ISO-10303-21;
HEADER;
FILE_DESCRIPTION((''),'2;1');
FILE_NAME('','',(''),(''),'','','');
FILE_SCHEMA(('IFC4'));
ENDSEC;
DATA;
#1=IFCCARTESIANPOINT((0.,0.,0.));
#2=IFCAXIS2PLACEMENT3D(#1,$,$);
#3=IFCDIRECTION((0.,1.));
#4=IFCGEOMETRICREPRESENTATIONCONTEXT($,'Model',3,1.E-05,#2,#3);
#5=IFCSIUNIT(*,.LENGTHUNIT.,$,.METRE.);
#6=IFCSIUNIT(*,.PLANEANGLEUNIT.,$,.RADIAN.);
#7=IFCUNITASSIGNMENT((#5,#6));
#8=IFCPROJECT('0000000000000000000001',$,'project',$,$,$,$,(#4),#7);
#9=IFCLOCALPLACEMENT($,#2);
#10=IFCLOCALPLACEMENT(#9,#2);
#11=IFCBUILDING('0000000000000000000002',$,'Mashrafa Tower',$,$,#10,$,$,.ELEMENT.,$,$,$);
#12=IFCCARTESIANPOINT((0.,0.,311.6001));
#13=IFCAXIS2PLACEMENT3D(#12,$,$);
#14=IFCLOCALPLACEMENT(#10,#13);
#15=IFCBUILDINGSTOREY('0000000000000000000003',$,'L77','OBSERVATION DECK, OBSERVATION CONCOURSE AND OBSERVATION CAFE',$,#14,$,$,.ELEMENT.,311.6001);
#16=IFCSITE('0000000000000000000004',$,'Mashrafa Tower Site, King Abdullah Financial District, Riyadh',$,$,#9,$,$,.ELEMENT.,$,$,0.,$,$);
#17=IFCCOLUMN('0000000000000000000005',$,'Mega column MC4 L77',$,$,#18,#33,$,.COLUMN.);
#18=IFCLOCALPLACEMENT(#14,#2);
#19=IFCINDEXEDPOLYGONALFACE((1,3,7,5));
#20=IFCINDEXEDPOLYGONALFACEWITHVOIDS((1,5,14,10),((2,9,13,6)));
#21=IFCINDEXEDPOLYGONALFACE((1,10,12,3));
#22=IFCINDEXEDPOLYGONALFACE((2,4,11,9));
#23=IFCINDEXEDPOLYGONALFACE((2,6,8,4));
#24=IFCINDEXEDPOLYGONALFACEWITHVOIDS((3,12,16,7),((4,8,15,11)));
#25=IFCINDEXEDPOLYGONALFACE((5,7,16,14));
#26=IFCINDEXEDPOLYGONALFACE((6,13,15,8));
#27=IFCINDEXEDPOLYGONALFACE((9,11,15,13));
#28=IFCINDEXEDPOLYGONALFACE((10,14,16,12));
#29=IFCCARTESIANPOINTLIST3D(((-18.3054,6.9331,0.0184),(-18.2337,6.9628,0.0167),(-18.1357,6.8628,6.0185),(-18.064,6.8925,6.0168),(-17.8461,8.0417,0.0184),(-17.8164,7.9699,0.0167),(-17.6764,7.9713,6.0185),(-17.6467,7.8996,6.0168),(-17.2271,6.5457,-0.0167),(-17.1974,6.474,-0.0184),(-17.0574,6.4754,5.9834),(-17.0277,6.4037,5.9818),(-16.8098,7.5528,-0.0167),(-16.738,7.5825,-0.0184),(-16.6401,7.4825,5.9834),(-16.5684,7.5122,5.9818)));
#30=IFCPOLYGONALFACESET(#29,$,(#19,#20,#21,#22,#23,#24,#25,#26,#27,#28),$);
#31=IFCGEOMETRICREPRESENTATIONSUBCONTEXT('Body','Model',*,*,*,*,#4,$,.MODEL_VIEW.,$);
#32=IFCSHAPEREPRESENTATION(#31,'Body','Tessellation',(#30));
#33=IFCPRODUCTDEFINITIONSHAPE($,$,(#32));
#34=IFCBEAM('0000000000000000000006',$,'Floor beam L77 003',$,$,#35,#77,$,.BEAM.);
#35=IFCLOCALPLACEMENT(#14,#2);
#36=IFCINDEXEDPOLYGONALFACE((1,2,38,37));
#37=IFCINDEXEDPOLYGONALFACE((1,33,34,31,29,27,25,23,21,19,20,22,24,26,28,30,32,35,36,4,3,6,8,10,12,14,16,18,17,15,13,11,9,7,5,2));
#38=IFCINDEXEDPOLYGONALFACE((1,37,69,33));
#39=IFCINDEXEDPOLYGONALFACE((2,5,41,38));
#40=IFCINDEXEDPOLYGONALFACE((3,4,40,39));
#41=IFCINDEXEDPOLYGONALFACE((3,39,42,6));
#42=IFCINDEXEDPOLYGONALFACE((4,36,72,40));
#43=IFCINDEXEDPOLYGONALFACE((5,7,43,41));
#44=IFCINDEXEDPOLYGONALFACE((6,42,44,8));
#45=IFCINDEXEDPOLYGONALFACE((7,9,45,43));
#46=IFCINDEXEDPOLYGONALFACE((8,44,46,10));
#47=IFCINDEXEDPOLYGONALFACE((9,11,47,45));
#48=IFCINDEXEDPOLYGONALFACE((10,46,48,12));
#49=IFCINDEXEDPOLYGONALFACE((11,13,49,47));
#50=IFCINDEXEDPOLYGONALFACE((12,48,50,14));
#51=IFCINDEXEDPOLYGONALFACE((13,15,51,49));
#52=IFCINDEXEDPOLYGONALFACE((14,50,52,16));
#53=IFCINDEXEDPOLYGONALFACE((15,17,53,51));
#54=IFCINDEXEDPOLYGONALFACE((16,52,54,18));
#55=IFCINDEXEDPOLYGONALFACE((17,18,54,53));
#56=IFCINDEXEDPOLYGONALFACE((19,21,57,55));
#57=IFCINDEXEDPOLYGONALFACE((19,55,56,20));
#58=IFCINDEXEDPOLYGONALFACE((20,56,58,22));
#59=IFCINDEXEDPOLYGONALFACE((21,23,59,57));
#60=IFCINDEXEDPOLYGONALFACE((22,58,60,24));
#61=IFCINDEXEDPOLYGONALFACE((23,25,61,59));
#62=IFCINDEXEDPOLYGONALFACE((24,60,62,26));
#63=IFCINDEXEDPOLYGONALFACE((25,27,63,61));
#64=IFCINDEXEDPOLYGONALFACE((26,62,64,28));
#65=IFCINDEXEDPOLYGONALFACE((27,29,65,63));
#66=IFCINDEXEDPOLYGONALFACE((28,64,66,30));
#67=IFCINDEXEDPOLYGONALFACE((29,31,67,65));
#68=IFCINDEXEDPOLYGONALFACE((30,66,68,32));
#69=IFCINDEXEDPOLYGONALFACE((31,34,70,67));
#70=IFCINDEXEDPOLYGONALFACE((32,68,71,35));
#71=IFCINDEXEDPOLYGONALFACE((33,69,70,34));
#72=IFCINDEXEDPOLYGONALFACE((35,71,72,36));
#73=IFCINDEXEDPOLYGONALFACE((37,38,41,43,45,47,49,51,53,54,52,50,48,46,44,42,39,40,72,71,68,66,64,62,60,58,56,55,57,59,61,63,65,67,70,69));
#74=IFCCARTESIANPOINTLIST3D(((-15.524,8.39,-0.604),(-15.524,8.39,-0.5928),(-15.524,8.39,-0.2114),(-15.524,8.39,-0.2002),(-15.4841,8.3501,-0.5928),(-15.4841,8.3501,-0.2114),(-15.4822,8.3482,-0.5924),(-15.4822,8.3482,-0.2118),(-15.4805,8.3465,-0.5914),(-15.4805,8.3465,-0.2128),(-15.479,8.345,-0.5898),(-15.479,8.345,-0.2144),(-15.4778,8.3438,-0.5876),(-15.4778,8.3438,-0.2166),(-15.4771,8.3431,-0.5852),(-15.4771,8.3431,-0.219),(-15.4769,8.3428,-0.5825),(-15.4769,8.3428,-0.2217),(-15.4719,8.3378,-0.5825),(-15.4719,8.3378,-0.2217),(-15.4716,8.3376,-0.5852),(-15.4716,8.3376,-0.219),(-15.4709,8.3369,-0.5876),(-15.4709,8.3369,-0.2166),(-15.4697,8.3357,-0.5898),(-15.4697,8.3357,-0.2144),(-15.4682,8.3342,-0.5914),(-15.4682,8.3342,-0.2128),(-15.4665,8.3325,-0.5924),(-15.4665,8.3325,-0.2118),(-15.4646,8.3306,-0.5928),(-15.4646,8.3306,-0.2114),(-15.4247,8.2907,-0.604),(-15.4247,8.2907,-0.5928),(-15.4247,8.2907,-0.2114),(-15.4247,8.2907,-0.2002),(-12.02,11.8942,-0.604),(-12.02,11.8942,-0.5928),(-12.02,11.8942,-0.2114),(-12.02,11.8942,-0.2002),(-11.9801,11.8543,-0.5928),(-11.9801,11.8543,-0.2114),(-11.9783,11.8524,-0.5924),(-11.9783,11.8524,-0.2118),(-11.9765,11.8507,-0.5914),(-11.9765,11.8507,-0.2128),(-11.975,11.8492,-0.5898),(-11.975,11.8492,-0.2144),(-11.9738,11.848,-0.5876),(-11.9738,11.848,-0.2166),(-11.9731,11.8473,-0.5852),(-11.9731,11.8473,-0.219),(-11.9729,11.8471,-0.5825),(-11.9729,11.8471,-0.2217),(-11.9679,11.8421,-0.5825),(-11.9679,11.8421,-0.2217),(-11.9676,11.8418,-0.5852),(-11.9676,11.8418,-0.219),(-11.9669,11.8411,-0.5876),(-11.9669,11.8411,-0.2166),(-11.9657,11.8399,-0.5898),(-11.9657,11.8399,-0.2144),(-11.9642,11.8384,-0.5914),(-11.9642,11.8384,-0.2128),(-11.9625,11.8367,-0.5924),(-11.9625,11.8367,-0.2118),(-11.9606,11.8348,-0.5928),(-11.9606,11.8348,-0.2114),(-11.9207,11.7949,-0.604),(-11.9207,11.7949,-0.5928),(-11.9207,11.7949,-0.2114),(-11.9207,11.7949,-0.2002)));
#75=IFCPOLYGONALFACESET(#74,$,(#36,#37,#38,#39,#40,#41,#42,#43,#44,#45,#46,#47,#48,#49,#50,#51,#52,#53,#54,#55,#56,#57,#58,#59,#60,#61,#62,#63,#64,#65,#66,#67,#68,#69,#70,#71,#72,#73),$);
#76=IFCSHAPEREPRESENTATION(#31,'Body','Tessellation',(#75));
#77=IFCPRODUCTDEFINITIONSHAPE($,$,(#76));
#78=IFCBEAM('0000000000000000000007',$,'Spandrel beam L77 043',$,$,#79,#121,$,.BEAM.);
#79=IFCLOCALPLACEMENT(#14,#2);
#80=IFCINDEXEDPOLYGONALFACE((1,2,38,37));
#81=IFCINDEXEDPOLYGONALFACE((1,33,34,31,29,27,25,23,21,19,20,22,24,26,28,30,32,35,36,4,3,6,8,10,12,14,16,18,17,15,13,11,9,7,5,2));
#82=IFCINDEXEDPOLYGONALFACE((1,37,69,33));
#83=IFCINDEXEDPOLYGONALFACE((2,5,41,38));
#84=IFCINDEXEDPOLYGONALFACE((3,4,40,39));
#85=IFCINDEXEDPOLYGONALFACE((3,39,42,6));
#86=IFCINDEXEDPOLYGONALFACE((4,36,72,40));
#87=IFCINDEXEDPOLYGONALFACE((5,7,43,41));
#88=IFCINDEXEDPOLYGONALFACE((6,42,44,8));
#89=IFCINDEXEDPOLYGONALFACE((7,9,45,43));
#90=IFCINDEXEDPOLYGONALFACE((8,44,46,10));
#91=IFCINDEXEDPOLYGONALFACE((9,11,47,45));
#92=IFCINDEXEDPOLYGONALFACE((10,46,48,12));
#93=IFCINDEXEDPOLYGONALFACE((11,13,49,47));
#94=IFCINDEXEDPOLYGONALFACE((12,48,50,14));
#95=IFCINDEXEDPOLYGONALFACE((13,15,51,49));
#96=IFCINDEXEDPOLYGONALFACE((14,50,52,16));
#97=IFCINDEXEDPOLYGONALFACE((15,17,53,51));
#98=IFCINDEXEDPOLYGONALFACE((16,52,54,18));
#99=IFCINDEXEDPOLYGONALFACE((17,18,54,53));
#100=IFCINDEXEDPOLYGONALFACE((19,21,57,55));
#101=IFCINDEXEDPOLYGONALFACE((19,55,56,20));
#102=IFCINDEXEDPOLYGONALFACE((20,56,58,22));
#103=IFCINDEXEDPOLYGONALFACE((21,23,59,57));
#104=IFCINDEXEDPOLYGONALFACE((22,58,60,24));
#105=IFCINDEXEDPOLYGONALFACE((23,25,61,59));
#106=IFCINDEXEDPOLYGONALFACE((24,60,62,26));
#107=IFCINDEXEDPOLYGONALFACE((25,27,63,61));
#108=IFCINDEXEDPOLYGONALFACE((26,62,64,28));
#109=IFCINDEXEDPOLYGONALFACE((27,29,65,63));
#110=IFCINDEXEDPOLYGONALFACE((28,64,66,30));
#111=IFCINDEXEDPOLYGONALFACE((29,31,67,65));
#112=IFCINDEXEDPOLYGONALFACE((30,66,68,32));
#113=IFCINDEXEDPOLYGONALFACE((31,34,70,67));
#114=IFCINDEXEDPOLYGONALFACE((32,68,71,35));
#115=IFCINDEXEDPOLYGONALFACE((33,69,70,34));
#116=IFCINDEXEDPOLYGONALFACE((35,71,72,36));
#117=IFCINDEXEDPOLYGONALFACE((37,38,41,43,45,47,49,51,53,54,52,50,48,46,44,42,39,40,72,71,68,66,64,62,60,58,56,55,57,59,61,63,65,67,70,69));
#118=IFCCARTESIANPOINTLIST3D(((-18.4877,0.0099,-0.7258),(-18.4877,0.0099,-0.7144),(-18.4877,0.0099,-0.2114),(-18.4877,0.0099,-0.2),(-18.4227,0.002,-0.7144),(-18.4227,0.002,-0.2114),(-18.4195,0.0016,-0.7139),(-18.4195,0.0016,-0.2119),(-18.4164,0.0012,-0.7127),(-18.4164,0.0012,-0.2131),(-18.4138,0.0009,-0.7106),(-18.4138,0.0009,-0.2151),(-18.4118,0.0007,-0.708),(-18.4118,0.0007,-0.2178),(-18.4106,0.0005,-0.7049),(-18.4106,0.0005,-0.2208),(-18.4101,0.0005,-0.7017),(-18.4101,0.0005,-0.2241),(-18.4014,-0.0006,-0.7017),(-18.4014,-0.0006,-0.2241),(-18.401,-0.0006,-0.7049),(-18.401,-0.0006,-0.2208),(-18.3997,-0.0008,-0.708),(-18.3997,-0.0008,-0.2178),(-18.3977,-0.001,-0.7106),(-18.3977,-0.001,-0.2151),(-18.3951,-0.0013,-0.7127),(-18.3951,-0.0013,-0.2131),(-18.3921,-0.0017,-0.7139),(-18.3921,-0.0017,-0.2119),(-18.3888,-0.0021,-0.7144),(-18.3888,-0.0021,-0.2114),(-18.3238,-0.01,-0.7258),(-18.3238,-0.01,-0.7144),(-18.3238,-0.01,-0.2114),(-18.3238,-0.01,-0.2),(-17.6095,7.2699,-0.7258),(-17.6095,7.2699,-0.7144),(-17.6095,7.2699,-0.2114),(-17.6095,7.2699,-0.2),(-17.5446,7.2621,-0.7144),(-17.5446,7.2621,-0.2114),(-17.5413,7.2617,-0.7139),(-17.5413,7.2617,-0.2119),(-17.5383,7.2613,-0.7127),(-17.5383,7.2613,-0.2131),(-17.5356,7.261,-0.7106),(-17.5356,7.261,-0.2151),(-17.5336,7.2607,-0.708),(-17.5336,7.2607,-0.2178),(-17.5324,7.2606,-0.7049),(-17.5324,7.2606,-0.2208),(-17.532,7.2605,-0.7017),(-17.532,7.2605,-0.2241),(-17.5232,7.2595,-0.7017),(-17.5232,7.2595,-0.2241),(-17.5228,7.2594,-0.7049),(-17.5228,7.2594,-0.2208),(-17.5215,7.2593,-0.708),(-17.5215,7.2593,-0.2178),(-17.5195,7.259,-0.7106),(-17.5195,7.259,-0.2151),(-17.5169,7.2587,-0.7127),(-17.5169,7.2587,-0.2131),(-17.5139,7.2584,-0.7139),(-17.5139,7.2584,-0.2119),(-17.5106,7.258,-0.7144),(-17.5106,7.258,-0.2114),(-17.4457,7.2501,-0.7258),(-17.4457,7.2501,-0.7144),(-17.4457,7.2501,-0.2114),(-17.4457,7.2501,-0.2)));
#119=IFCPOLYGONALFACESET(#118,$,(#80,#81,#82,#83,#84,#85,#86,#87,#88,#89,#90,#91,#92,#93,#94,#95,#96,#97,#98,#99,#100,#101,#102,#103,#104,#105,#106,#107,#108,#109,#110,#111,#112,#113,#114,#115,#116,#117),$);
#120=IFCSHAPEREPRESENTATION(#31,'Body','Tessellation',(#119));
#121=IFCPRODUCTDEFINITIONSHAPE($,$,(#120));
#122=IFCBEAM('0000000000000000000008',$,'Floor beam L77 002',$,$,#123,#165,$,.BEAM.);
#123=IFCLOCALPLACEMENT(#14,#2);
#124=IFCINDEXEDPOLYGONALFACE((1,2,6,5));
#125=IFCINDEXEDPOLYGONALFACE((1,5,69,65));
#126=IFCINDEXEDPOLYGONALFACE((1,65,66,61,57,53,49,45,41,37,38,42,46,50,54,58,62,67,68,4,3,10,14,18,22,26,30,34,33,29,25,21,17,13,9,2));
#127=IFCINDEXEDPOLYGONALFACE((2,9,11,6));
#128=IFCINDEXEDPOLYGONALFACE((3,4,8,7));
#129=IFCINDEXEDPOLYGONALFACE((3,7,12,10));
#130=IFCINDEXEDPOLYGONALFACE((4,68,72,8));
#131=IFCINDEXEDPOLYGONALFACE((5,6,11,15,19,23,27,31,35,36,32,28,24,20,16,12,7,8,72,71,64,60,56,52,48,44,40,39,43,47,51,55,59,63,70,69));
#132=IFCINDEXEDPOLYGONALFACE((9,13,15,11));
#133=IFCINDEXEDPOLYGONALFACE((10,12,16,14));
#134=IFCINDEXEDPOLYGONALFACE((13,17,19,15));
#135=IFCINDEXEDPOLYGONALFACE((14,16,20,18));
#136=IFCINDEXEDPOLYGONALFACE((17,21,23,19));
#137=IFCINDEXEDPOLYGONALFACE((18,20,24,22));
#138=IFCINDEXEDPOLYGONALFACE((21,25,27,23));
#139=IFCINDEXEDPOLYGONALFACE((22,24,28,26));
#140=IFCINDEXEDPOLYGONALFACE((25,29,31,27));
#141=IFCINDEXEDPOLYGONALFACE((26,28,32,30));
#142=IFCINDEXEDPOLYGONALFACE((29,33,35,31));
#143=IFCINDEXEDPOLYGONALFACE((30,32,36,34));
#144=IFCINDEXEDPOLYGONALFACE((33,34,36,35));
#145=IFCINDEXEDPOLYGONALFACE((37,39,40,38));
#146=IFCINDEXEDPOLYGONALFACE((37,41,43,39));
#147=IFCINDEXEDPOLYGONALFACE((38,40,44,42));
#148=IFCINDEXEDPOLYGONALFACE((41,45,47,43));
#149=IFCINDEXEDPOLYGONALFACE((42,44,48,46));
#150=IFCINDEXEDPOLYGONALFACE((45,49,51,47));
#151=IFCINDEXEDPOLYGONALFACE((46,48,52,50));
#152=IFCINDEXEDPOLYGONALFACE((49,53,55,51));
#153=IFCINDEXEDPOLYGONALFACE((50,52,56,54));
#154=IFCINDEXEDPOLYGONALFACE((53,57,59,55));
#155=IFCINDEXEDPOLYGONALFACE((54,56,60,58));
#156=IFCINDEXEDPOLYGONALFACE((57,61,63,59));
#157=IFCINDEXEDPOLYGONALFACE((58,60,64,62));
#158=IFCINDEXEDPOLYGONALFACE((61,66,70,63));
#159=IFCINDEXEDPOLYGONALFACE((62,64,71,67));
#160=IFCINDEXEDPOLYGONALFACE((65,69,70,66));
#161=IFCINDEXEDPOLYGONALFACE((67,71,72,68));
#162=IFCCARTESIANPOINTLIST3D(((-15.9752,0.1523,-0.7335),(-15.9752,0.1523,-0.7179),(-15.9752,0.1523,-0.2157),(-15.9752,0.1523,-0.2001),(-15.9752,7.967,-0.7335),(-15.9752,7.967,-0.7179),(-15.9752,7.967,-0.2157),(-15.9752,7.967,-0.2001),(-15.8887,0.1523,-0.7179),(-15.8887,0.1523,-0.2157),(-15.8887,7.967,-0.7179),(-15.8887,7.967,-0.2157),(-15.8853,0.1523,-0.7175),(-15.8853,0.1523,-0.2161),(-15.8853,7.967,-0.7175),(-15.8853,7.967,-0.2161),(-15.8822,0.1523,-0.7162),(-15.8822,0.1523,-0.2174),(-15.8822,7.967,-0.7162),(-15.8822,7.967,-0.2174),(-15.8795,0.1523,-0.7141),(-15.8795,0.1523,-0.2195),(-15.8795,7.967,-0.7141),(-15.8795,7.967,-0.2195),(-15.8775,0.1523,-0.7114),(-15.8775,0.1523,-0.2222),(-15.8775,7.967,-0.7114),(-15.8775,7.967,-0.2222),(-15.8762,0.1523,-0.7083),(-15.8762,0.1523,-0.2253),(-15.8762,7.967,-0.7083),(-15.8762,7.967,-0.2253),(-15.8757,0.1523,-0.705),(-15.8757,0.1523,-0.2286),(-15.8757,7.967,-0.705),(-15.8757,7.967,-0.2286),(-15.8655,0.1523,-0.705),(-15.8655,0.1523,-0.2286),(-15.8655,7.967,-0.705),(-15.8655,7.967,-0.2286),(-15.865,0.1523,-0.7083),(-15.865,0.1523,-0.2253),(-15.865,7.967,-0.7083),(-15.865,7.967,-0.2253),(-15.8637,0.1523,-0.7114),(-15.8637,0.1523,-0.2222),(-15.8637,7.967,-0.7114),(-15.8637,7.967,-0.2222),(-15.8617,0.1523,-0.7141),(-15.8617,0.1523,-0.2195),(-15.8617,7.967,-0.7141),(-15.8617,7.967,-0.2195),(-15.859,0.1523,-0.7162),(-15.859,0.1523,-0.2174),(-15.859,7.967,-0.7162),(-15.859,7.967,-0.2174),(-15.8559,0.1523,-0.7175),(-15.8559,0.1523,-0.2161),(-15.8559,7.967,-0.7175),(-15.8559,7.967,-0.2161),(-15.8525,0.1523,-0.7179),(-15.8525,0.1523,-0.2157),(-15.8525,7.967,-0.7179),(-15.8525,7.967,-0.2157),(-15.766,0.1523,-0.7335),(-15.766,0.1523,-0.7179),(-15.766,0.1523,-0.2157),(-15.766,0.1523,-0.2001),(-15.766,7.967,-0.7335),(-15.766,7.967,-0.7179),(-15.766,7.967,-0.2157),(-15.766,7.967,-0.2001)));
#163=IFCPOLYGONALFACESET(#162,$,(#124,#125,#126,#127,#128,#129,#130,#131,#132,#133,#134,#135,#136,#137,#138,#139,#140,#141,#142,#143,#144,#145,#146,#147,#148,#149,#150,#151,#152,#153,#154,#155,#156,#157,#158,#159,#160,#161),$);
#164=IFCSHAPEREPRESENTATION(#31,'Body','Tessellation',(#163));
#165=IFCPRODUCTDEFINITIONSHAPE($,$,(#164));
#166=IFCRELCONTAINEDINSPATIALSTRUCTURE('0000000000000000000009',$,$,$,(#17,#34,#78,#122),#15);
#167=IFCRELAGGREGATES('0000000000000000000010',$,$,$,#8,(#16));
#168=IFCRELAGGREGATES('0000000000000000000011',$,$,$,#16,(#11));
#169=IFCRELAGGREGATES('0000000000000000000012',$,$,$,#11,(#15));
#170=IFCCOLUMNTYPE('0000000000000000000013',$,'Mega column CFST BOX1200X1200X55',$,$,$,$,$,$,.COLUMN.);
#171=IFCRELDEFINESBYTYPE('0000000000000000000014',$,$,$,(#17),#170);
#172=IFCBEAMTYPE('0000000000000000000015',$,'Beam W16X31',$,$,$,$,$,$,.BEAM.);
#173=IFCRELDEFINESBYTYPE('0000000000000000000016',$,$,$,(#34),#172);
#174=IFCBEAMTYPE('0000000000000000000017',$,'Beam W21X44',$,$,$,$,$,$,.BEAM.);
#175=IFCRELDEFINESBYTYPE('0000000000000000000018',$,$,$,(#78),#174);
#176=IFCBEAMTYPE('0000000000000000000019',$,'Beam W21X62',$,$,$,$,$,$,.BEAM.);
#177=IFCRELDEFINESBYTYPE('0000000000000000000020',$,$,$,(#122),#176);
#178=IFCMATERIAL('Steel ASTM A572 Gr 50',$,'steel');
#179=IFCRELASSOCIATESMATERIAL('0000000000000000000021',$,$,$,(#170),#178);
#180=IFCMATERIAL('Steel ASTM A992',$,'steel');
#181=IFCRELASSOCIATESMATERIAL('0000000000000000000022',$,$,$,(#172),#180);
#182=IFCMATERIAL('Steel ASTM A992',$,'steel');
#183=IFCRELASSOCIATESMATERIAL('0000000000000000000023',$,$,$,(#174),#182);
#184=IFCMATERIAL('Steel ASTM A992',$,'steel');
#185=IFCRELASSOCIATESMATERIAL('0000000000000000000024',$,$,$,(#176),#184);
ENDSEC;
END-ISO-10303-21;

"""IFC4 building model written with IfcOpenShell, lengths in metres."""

from ifc_helpers import new_model, si_unit, direction, frame, origin, origin_2d, place, context, subcontext, project, spatial, hollow_rectangle, i_section, extrude, material, material_profile, profile_set, type_object, element, save


model = new_model("IFC4")

# Units and contexts
model_context = context("Model", 3, precision=1e-05, world=origin(), true_north=direction((0.0, 1.0)))
body_context = subcontext(model_context, "Body", "Model", "MODEL_VIEW")
ifc_project = project(units=[si_unit("LENGTHUNIT", "METRE"), si_unit("PLANEANGLEUNIT", "RADIAN")], contexts=[model_context])

# Site, building, storey
site_placement = place(None, origin())
site = spatial("IfcSite", under=ifc_project, at=site_placement, Name="Mashrafa Tower Site, King Abdullah Financial District, Riyadh", CompositionType="ELEMENT", RefElevation=0.0)
building_placement = place(site_placement, origin())
building = spatial("IfcBuilding", under=site, at=building_placement, Name="Mashrafa Tower", CompositionType="ELEMENT")
storey_placement = place(building_placement, frame((0.0, 0.0, 311.6001)))
storey = spatial("IfcBuildingStorey", under=building, at=storey_placement, Name="L77", Description="OBSERVATION DECK, OBSERVATION CONCOURSE AND OBSERVATION CAFE", CompositionType="ELEMENT", Elevation=311.6001)

# Column
ifc_material_1 = material(Name="Steel ASTM A572 Gr 50", Category="steel")
ifc_material_profile_1 = material_profile(ifc_material_1, hollow_rectangle(XDim=1.2, YDim=1.2, WallThickness=0.0549, at=origin_2d()), Name="BOX1200X1200X55")
ifc_profile_set_1 = profile_set([ifc_material_profile_1], Name="Steel ASTM A572 Gr 50")
column_type = type_object("IfcColumnType", Name="Mega column CFST BOX1200X1200X55", PredefinedType="COLUMN", material=ifc_profile_set_1)
column_placement = place(storey_placement, frame((-17.5217, 7.2578, 0.0), z_axis=(0.028266, -0.011713, 0.999532), x_axis=(0.382821, 0.923822, 0.0)))
element("IfcColumn", 1, at=column_placement, inside=storey, type_object=column_type, Name="Mega column MC4 L77", PredefinedType="COLUMN", context=body_context, shape_type="SweptSolid", body=[
    extrude(hollow_rectangle(XDim=1.2, YDim=1.2, WallThickness=0.0549, at=origin_2d()), origin(), (0.0, 0.0, 1.0), 6.0029),
])

# Beams
ifc_material_2 = material(Name="Steel ASTM A992", Category="steel")
ifc_material_profile_2 = material_profile(ifc_material_2, i_section(OverallWidth=0.1404, OverallDepth=0.4038, WebThickness=0.0071, FlangeThickness=0.0112, FilletRadius=0.0103, at=origin_2d()), Name="W16X31")
ifc_profile_set_2 = profile_set([ifc_material_profile_2], Name="Steel ASTM A992")
beam_type_1 = type_object("IfcBeamType", Name="Beam W16X31", PredefinedType="BEAM", material=ifc_profile_set_2)
beam_1_placement = place(storey_placement, frame((-15.4744, 8.3403, -0.4021), z_axis=(0.707082, 0.707131, 0.0), x_axis=(-0.707131, 0.707082, 0.0)))
element("IfcBeam", 2, at=beam_1_placement, inside=storey, type_object=beam_type_1, Name="Floor beam L77 003", PredefinedType="BEAM", context=body_context, shape_type="SweptSolid", body=[
    extrude(i_section(OverallWidth=0.1404, OverallDepth=0.4038, WebThickness=0.0071, FlangeThickness=0.0112, FilletRadius=0.0103, at=origin_2d()), origin(), (0.0, 0.0, 1.0), 4.9556),
])
ifc_material_3 = material(Name="Steel ASTM A992", Category="steel")
ifc_material_profile_3 = material_profile(ifc_material_3, i_section(OverallWidth=0.165, OverallDepth=0.5259, WebThickness=0.0088, FlangeThickness=0.0115, FilletRadius=0.0127, at=origin_2d()), Name="W21X44")
ifc_profile_set_3 = profile_set([ifc_material_profile_3], Name="Steel ASTM A992")
beam_type_2 = type_object("IfcBeamType", Name="Beam W21X44", PredefinedType="BEAM", material=ifc_profile_set_3)
beam_2_placement = place(storey_placement, frame((-17.5276, 7.26, -0.4629), z_axis=(-0.120085, -0.992764, 0.0), x_axis=(0.992764, -0.120085, 0.0)))
element("IfcBeam", 3, at=beam_2_placement, inside=storey, type_object=beam_type_2, Name="Spandrel beam L77 043", PredefinedType="BEAM", context=body_context, shape_type="SweptSolid", body=[
    extrude(i_section(OverallWidth=0.165, OverallDepth=0.5259, WebThickness=0.0088, FlangeThickness=0.0115, FilletRadius=0.0127, at=origin_2d()), origin(), (0.0, 0.0, 1.0), 7.313),
])
ifc_material_4 = material(Name="Steel ASTM A992", Category="steel")
ifc_material_profile_4 = material_profile(ifc_material_4, i_section(OverallWidth=0.2092, OverallDepth=0.5334, WebThickness=0.0103, FlangeThickness=0.0156, FilletRadius=0.0129, at=origin_2d()), Name="W21X62")
ifc_profile_set_4 = profile_set([ifc_material_profile_4], Name="Steel ASTM A992")
beam_type_3 = type_object("IfcBeamType", Name="Beam W21X62", PredefinedType="BEAM", material=ifc_profile_set_4)
beam_3_placement = place(storey_placement, frame((-15.8706, 0.1523, -0.4668), z_axis=(0.0, 1.0, 0.0), x_axis=(-1.0, 0.0, 0.0)))
element("IfcBeam", 4, at=beam_3_placement, inside=storey, type_object=beam_type_3, Name="Floor beam L77 002", PredefinedType="BEAM", context=body_context, shape_type="SweptSolid", body=[
    extrude(i_section(OverallWidth=0.2092, OverallDepth=0.5334, WebThickness=0.0103, FlangeThickness=0.0156, FilletRadius=0.0129, at=origin_2d()), origin(), (0.0, 0.0, 1.0), 7.8147),
])

save(model, "model.ifc")
